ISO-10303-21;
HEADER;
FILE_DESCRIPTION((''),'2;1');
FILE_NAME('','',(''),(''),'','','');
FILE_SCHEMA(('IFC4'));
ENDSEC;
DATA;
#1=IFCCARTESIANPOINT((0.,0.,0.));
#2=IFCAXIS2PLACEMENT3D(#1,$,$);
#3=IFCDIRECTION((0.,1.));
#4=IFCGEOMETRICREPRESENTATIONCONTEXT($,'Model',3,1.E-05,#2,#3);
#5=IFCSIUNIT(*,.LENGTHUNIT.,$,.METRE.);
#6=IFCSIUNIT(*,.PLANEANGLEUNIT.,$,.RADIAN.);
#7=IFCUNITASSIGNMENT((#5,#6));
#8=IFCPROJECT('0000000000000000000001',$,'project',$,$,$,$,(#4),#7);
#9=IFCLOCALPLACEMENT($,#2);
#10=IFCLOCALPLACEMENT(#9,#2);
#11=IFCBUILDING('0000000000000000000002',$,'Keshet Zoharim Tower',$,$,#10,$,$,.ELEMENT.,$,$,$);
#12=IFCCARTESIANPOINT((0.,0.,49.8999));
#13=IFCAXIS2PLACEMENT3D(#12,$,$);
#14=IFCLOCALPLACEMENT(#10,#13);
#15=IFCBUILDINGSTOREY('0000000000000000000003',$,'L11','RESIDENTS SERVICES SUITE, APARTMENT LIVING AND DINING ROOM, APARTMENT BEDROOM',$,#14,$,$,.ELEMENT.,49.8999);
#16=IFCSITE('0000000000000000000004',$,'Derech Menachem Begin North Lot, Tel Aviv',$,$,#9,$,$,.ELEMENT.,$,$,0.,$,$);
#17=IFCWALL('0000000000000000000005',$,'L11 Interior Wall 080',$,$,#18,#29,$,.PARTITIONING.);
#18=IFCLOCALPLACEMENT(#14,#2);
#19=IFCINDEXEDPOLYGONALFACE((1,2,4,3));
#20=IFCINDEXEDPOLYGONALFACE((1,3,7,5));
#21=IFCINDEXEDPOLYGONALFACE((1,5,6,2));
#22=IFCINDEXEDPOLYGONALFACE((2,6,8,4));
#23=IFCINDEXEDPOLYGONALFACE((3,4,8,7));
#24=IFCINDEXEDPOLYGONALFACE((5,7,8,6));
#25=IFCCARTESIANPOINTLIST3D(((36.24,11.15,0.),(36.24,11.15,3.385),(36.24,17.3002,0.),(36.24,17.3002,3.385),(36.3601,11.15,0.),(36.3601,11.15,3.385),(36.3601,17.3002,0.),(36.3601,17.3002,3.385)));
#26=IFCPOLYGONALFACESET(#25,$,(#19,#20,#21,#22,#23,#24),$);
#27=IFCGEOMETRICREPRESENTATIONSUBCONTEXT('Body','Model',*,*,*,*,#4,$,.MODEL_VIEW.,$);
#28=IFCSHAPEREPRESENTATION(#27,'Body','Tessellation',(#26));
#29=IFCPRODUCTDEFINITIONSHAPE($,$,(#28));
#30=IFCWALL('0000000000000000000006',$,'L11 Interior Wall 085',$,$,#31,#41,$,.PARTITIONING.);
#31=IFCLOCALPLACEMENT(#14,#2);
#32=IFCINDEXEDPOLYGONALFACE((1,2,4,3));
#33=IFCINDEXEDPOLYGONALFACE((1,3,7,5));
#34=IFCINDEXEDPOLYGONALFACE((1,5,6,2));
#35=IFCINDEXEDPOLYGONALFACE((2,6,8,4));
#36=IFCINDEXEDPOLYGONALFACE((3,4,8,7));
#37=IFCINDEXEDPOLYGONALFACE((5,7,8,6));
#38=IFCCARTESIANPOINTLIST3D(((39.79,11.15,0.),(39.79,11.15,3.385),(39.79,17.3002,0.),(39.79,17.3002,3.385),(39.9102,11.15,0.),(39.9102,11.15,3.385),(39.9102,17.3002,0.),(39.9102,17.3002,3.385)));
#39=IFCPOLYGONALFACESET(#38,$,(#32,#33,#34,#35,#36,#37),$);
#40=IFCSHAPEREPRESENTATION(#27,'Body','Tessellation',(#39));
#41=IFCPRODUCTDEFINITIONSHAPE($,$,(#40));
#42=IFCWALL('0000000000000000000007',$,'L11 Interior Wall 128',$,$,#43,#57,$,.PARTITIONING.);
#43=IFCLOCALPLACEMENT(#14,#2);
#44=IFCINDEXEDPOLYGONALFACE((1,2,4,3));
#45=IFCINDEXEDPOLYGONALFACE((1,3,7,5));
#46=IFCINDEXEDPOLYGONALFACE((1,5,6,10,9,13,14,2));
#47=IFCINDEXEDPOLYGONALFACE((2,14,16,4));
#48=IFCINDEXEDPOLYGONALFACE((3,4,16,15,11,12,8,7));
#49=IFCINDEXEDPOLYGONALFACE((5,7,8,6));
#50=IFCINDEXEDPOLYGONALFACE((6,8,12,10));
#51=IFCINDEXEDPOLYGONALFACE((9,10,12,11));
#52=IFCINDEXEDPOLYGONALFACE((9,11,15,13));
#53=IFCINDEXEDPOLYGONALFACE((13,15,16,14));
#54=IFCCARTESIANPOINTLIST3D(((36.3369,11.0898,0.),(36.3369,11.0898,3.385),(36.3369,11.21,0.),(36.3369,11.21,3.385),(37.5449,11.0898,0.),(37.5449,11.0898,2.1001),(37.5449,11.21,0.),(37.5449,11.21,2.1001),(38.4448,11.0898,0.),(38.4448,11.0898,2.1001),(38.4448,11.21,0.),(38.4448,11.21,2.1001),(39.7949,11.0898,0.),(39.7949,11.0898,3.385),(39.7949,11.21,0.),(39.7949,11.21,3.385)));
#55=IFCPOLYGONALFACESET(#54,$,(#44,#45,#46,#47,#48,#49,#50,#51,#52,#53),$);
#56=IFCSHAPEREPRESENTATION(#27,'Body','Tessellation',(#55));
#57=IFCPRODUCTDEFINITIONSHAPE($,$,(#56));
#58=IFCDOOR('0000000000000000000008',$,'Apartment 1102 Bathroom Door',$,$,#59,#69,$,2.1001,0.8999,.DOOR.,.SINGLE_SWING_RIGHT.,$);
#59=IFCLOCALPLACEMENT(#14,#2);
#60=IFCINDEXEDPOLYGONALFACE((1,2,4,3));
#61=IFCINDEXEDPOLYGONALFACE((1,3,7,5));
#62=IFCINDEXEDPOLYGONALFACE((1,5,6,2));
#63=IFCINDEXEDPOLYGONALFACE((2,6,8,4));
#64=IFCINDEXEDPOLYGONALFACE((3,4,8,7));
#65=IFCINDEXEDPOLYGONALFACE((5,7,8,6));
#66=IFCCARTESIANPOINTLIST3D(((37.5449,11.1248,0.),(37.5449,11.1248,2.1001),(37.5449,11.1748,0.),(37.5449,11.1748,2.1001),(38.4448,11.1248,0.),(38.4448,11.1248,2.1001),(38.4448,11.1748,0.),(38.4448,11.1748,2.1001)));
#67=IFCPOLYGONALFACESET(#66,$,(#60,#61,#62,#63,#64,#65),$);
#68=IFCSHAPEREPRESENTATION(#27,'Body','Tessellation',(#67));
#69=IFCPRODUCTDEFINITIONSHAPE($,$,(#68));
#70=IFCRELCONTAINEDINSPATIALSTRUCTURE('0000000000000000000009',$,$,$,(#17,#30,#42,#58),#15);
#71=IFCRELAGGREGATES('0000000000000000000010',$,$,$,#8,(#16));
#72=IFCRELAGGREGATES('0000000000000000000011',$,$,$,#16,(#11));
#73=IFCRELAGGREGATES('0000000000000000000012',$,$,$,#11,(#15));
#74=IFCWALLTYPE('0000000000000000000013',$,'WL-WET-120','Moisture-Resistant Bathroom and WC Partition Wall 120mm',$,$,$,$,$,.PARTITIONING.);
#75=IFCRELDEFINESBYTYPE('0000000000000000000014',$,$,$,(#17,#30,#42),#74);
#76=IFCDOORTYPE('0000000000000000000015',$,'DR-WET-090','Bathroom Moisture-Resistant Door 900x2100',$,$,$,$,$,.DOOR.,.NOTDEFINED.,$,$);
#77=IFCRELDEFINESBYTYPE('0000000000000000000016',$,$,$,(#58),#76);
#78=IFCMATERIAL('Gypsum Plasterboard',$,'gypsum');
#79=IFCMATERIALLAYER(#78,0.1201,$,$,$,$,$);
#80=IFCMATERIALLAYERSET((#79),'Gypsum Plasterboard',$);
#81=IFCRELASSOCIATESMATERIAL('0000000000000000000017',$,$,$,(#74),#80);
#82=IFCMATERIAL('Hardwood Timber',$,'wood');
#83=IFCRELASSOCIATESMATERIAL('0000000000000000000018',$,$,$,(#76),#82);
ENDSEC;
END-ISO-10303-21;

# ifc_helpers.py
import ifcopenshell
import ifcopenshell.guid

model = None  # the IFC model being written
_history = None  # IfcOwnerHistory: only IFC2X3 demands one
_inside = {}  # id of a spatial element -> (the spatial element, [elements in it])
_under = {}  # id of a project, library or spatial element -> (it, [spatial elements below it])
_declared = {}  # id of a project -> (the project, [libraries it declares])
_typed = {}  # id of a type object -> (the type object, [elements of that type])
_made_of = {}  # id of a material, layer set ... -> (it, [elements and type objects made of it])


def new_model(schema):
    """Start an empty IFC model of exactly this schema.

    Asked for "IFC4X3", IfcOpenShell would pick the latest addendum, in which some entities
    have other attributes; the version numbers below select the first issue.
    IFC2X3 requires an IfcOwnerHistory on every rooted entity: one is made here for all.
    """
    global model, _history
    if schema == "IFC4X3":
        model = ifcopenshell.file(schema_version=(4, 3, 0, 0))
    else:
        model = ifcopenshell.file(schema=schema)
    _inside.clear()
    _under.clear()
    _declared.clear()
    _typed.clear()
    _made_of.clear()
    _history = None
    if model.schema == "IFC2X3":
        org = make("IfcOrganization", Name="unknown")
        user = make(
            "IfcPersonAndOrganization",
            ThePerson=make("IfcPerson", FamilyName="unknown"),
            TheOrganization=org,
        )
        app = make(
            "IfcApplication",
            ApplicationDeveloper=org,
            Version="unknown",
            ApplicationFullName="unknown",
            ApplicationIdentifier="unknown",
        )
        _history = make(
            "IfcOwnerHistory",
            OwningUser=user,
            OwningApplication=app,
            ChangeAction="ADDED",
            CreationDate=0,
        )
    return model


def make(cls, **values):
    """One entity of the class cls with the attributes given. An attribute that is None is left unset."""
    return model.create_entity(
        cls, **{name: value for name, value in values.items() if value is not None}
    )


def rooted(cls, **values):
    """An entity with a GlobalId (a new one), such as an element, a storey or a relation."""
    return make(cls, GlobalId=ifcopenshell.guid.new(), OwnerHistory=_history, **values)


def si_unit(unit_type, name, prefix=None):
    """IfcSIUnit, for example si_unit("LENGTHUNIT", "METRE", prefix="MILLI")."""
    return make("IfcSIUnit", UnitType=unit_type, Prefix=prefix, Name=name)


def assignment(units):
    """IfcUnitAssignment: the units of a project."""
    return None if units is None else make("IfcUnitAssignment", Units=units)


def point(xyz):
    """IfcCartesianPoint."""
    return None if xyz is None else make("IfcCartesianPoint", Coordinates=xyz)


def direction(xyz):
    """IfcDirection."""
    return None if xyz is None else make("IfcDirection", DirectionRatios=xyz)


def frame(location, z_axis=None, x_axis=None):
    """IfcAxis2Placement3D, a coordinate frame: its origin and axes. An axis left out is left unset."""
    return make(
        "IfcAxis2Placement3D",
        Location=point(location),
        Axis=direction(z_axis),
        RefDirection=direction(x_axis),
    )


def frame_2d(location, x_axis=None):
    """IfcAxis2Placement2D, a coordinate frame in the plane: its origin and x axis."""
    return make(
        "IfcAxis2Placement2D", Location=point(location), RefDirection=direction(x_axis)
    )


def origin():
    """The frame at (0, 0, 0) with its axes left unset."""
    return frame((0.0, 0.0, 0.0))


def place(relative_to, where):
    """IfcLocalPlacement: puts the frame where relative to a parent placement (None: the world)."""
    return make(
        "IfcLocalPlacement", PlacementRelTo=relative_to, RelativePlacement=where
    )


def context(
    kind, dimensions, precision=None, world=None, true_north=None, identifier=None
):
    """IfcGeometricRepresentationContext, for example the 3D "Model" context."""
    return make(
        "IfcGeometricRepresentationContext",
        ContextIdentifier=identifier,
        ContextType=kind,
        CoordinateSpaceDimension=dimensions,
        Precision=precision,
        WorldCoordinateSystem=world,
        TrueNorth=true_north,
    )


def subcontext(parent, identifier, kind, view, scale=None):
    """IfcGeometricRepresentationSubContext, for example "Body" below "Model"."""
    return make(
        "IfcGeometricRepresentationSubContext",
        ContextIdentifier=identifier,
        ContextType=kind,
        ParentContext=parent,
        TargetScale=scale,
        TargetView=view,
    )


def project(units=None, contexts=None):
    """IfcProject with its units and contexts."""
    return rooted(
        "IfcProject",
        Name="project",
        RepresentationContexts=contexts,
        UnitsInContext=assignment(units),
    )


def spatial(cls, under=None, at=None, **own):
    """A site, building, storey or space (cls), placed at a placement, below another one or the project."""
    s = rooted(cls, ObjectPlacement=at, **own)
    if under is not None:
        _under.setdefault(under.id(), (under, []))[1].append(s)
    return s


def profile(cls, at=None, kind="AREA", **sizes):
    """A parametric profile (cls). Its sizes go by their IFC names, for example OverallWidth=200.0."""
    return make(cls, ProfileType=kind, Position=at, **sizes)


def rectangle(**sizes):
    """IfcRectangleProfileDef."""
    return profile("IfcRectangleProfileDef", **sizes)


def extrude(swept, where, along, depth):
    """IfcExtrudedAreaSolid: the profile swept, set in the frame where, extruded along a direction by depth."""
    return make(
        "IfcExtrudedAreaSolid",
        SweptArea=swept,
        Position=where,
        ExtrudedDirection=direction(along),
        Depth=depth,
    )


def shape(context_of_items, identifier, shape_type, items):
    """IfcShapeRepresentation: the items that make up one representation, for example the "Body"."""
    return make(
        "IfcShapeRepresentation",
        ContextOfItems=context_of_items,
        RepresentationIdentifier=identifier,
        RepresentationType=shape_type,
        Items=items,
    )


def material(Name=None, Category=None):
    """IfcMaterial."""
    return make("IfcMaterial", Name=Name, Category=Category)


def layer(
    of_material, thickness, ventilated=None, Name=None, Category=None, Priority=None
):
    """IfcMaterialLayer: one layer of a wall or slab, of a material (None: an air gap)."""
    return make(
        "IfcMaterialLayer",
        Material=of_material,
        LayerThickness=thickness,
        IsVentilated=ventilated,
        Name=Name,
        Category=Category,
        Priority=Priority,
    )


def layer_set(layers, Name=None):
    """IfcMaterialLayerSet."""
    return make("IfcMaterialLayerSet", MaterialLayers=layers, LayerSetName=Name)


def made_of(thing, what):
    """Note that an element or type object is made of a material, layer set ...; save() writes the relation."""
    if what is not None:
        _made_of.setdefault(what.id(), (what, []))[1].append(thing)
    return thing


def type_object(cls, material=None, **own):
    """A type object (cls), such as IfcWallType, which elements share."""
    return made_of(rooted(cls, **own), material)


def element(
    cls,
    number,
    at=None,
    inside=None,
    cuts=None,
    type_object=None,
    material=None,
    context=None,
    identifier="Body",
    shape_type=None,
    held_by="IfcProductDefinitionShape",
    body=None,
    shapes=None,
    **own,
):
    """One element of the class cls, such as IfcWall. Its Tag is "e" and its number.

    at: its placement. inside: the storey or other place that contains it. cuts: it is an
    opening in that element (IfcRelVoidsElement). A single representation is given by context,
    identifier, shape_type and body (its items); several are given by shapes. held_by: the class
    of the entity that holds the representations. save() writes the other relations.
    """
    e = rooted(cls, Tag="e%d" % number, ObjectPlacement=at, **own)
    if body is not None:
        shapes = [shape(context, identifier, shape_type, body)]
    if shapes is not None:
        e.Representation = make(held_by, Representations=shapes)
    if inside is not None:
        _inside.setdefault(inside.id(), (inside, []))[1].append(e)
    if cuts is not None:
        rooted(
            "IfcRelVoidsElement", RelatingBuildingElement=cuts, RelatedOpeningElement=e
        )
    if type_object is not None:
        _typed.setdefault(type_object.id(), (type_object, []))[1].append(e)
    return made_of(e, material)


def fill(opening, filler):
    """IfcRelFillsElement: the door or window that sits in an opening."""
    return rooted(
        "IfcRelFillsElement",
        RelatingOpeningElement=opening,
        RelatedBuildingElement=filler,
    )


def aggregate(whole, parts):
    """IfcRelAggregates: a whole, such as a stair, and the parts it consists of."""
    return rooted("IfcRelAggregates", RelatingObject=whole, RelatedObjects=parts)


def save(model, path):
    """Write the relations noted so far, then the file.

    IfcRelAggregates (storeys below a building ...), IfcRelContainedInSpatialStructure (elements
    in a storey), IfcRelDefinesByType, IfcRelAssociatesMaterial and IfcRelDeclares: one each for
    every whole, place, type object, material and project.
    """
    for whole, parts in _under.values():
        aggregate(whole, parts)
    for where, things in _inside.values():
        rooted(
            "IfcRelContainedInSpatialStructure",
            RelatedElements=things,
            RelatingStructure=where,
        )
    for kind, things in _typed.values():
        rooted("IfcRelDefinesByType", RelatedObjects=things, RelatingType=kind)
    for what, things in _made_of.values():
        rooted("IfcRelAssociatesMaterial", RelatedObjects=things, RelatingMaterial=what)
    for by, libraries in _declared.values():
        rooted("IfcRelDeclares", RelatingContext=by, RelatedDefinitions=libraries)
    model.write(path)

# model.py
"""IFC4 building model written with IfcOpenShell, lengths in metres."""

from ifc_helpers import new_model, si_unit, direction, frame, frame_2d, origin, place, context, subcontext, project, spatial, rectangle, extrude, material, layer, layer_set, type_object, element, fill, save


model = new_model("IFC4")

# Units and contexts
model_context = context("Model", 3, precision=1e-05, world=origin(), true_north=direction((0.0, 1.0)))
body_context = subcontext(model_context, "Body", "Model", "MODEL_VIEW")
ifc_project = project(units=[si_unit("LENGTHUNIT", "METRE"), si_unit("PLANEANGLEUNIT", "RADIAN")], contexts=[model_context])

# Site, building, storey
site_placement = place(None, origin())
site = spatial("IfcSite", under=ifc_project, at=site_placement, Name="Derech Menachem Begin North Lot, Tel Aviv", CompositionType="ELEMENT", RefElevation=0.0)
building_placement = place(site_placement, origin())
building = spatial("IfcBuilding", under=site, at=building_placement, Name="Keshet Zoharim Tower", CompositionType="ELEMENT")
storey_placement = place(building_placement, frame((0.0, 0.0, 49.8999)))
storey = spatial("IfcBuildingStorey", under=building, at=storey_placement, Name="L11", Description="RESIDENTS SERVICES SUITE, APARTMENT LIVING AND DINING ROOM, APARTMENT BEDROOM", CompositionType="ELEMENT", Elevation=49.8999)

# Shared definitions
ifc_material_1 = material(Name="Gypsum Plasterboard", Category="gypsum")

# Shared definitions
ifc_material_2 = material(Name="Hardwood Timber", Category="wood")

# Walls
ifc_layer_1 = layer(ifc_material_1, 0.1201)
ifc_layer_set_1 = layer_set([ifc_layer_1], Name="Gypsum Plasterboard")
wall_type_1 = type_object("IfcWallType", Name="WL-WET-120", Description="Moisture-Resistant Bathroom and WC Partition Wall 120mm", PredefinedType="PARTITIONING", material=ifc_layer_set_1)
for number, where, z_axis, x_axis, name in (
    (1, (36.3, 11.1499, 0.0), (0.0, 0.0, 1.0), (0.0, 1.0, 0.0), "L11 Interior Wall 080"),
    (2, (39.8501, 11.1499, 0.0), (0.0, 0.0, 1.0), (0.0, 1.0, 0.0), "L11 Interior Wall 085"),
):
    element("IfcWall", number, at=place(storey_placement, frame(where, z_axis=z_axis, x_axis=x_axis)), inside=storey, type_object=wall_type_1, Name=name, PredefinedType="PARTITIONING", context=body_context, shape_type="SweptSolid", body=[
        extrude(rectangle(XDim=6.1501, YDim=0.1201, at=frame_2d((3.0752, 0.0))), origin(), (0.0, 0.0, 1.0), 3.385),
    ])

# Wall, opening, door
wall_1_placement = place(storey_placement, frame((36.3369, 11.1499, 0.0), z_axis=(0.0, 0.0, 1.0), x_axis=(1.0, 0.0, 0.0)))
wall_1 = element("IfcWall", 3, at=wall_1_placement, inside=storey, type_object=wall_type_1, Name="L11 Interior Wall 128", PredefinedType="PARTITIONING", context=body_context, shape_type="SweptSolid", body=[
    extrude(rectangle(XDim=3.458, YDim=0.1201, at=frame_2d((1.729, 0.0))), origin(), (0.0, 0.0, 1.0), 3.385),
])
opening_1_placement = place(wall_1_placement, frame((1.208, 0.0, 0.0)))
opening_1 = element("IfcOpeningElement", 4, at=opening_1_placement, cuts=wall_1, PredefinedType="OPENING", context=body_context, shape_type="SweptSolid", body=[
    extrude(rectangle(XDim=0.8999, YDim=2.1001, at=frame_2d((0.45, 1.05))), frame((0.0, 0.0701, 0.0), z_axis=(0.0, -1.0, 0.0), x_axis=(1.0, 0.0, 0.0)), (0.0, 0.0, 1.0), 0.1401),
])
door_type_1 = type_object("IfcDoorType", Name="DR-WET-090", Description="Bathroom Moisture-Resistant Door 900x2100", OperationType="NOTDEFINED", PredefinedType="DOOR", material=ifc_material_2)
door_1_placement = place(opening_1_placement, origin())
door_1 = element("IfcDoor", 5, at=door_1_placement, inside=storey, type_object=door_type_1, Name="Apartment 1102 Bathroom Door", OperationType="SINGLE_SWING_RIGHT", OverallHeight=2.1001, OverallWidth=0.8999, PredefinedType="DOOR", context=body_context, shape_type="SweptSolid", body=[
    extrude(rectangle(XDim=0.8999, YDim=2.1001, at=frame_2d((0.45, 1.05))), frame((0.0, 0.0249, 0.0), z_axis=(0.0, -1.0, 0.0), x_axis=(1.0, 0.0, 0.0)), (0.0, 0.0, 1.0), 0.05),
])
fill(opening_1, door_1)

save(model, "model.ifc")
